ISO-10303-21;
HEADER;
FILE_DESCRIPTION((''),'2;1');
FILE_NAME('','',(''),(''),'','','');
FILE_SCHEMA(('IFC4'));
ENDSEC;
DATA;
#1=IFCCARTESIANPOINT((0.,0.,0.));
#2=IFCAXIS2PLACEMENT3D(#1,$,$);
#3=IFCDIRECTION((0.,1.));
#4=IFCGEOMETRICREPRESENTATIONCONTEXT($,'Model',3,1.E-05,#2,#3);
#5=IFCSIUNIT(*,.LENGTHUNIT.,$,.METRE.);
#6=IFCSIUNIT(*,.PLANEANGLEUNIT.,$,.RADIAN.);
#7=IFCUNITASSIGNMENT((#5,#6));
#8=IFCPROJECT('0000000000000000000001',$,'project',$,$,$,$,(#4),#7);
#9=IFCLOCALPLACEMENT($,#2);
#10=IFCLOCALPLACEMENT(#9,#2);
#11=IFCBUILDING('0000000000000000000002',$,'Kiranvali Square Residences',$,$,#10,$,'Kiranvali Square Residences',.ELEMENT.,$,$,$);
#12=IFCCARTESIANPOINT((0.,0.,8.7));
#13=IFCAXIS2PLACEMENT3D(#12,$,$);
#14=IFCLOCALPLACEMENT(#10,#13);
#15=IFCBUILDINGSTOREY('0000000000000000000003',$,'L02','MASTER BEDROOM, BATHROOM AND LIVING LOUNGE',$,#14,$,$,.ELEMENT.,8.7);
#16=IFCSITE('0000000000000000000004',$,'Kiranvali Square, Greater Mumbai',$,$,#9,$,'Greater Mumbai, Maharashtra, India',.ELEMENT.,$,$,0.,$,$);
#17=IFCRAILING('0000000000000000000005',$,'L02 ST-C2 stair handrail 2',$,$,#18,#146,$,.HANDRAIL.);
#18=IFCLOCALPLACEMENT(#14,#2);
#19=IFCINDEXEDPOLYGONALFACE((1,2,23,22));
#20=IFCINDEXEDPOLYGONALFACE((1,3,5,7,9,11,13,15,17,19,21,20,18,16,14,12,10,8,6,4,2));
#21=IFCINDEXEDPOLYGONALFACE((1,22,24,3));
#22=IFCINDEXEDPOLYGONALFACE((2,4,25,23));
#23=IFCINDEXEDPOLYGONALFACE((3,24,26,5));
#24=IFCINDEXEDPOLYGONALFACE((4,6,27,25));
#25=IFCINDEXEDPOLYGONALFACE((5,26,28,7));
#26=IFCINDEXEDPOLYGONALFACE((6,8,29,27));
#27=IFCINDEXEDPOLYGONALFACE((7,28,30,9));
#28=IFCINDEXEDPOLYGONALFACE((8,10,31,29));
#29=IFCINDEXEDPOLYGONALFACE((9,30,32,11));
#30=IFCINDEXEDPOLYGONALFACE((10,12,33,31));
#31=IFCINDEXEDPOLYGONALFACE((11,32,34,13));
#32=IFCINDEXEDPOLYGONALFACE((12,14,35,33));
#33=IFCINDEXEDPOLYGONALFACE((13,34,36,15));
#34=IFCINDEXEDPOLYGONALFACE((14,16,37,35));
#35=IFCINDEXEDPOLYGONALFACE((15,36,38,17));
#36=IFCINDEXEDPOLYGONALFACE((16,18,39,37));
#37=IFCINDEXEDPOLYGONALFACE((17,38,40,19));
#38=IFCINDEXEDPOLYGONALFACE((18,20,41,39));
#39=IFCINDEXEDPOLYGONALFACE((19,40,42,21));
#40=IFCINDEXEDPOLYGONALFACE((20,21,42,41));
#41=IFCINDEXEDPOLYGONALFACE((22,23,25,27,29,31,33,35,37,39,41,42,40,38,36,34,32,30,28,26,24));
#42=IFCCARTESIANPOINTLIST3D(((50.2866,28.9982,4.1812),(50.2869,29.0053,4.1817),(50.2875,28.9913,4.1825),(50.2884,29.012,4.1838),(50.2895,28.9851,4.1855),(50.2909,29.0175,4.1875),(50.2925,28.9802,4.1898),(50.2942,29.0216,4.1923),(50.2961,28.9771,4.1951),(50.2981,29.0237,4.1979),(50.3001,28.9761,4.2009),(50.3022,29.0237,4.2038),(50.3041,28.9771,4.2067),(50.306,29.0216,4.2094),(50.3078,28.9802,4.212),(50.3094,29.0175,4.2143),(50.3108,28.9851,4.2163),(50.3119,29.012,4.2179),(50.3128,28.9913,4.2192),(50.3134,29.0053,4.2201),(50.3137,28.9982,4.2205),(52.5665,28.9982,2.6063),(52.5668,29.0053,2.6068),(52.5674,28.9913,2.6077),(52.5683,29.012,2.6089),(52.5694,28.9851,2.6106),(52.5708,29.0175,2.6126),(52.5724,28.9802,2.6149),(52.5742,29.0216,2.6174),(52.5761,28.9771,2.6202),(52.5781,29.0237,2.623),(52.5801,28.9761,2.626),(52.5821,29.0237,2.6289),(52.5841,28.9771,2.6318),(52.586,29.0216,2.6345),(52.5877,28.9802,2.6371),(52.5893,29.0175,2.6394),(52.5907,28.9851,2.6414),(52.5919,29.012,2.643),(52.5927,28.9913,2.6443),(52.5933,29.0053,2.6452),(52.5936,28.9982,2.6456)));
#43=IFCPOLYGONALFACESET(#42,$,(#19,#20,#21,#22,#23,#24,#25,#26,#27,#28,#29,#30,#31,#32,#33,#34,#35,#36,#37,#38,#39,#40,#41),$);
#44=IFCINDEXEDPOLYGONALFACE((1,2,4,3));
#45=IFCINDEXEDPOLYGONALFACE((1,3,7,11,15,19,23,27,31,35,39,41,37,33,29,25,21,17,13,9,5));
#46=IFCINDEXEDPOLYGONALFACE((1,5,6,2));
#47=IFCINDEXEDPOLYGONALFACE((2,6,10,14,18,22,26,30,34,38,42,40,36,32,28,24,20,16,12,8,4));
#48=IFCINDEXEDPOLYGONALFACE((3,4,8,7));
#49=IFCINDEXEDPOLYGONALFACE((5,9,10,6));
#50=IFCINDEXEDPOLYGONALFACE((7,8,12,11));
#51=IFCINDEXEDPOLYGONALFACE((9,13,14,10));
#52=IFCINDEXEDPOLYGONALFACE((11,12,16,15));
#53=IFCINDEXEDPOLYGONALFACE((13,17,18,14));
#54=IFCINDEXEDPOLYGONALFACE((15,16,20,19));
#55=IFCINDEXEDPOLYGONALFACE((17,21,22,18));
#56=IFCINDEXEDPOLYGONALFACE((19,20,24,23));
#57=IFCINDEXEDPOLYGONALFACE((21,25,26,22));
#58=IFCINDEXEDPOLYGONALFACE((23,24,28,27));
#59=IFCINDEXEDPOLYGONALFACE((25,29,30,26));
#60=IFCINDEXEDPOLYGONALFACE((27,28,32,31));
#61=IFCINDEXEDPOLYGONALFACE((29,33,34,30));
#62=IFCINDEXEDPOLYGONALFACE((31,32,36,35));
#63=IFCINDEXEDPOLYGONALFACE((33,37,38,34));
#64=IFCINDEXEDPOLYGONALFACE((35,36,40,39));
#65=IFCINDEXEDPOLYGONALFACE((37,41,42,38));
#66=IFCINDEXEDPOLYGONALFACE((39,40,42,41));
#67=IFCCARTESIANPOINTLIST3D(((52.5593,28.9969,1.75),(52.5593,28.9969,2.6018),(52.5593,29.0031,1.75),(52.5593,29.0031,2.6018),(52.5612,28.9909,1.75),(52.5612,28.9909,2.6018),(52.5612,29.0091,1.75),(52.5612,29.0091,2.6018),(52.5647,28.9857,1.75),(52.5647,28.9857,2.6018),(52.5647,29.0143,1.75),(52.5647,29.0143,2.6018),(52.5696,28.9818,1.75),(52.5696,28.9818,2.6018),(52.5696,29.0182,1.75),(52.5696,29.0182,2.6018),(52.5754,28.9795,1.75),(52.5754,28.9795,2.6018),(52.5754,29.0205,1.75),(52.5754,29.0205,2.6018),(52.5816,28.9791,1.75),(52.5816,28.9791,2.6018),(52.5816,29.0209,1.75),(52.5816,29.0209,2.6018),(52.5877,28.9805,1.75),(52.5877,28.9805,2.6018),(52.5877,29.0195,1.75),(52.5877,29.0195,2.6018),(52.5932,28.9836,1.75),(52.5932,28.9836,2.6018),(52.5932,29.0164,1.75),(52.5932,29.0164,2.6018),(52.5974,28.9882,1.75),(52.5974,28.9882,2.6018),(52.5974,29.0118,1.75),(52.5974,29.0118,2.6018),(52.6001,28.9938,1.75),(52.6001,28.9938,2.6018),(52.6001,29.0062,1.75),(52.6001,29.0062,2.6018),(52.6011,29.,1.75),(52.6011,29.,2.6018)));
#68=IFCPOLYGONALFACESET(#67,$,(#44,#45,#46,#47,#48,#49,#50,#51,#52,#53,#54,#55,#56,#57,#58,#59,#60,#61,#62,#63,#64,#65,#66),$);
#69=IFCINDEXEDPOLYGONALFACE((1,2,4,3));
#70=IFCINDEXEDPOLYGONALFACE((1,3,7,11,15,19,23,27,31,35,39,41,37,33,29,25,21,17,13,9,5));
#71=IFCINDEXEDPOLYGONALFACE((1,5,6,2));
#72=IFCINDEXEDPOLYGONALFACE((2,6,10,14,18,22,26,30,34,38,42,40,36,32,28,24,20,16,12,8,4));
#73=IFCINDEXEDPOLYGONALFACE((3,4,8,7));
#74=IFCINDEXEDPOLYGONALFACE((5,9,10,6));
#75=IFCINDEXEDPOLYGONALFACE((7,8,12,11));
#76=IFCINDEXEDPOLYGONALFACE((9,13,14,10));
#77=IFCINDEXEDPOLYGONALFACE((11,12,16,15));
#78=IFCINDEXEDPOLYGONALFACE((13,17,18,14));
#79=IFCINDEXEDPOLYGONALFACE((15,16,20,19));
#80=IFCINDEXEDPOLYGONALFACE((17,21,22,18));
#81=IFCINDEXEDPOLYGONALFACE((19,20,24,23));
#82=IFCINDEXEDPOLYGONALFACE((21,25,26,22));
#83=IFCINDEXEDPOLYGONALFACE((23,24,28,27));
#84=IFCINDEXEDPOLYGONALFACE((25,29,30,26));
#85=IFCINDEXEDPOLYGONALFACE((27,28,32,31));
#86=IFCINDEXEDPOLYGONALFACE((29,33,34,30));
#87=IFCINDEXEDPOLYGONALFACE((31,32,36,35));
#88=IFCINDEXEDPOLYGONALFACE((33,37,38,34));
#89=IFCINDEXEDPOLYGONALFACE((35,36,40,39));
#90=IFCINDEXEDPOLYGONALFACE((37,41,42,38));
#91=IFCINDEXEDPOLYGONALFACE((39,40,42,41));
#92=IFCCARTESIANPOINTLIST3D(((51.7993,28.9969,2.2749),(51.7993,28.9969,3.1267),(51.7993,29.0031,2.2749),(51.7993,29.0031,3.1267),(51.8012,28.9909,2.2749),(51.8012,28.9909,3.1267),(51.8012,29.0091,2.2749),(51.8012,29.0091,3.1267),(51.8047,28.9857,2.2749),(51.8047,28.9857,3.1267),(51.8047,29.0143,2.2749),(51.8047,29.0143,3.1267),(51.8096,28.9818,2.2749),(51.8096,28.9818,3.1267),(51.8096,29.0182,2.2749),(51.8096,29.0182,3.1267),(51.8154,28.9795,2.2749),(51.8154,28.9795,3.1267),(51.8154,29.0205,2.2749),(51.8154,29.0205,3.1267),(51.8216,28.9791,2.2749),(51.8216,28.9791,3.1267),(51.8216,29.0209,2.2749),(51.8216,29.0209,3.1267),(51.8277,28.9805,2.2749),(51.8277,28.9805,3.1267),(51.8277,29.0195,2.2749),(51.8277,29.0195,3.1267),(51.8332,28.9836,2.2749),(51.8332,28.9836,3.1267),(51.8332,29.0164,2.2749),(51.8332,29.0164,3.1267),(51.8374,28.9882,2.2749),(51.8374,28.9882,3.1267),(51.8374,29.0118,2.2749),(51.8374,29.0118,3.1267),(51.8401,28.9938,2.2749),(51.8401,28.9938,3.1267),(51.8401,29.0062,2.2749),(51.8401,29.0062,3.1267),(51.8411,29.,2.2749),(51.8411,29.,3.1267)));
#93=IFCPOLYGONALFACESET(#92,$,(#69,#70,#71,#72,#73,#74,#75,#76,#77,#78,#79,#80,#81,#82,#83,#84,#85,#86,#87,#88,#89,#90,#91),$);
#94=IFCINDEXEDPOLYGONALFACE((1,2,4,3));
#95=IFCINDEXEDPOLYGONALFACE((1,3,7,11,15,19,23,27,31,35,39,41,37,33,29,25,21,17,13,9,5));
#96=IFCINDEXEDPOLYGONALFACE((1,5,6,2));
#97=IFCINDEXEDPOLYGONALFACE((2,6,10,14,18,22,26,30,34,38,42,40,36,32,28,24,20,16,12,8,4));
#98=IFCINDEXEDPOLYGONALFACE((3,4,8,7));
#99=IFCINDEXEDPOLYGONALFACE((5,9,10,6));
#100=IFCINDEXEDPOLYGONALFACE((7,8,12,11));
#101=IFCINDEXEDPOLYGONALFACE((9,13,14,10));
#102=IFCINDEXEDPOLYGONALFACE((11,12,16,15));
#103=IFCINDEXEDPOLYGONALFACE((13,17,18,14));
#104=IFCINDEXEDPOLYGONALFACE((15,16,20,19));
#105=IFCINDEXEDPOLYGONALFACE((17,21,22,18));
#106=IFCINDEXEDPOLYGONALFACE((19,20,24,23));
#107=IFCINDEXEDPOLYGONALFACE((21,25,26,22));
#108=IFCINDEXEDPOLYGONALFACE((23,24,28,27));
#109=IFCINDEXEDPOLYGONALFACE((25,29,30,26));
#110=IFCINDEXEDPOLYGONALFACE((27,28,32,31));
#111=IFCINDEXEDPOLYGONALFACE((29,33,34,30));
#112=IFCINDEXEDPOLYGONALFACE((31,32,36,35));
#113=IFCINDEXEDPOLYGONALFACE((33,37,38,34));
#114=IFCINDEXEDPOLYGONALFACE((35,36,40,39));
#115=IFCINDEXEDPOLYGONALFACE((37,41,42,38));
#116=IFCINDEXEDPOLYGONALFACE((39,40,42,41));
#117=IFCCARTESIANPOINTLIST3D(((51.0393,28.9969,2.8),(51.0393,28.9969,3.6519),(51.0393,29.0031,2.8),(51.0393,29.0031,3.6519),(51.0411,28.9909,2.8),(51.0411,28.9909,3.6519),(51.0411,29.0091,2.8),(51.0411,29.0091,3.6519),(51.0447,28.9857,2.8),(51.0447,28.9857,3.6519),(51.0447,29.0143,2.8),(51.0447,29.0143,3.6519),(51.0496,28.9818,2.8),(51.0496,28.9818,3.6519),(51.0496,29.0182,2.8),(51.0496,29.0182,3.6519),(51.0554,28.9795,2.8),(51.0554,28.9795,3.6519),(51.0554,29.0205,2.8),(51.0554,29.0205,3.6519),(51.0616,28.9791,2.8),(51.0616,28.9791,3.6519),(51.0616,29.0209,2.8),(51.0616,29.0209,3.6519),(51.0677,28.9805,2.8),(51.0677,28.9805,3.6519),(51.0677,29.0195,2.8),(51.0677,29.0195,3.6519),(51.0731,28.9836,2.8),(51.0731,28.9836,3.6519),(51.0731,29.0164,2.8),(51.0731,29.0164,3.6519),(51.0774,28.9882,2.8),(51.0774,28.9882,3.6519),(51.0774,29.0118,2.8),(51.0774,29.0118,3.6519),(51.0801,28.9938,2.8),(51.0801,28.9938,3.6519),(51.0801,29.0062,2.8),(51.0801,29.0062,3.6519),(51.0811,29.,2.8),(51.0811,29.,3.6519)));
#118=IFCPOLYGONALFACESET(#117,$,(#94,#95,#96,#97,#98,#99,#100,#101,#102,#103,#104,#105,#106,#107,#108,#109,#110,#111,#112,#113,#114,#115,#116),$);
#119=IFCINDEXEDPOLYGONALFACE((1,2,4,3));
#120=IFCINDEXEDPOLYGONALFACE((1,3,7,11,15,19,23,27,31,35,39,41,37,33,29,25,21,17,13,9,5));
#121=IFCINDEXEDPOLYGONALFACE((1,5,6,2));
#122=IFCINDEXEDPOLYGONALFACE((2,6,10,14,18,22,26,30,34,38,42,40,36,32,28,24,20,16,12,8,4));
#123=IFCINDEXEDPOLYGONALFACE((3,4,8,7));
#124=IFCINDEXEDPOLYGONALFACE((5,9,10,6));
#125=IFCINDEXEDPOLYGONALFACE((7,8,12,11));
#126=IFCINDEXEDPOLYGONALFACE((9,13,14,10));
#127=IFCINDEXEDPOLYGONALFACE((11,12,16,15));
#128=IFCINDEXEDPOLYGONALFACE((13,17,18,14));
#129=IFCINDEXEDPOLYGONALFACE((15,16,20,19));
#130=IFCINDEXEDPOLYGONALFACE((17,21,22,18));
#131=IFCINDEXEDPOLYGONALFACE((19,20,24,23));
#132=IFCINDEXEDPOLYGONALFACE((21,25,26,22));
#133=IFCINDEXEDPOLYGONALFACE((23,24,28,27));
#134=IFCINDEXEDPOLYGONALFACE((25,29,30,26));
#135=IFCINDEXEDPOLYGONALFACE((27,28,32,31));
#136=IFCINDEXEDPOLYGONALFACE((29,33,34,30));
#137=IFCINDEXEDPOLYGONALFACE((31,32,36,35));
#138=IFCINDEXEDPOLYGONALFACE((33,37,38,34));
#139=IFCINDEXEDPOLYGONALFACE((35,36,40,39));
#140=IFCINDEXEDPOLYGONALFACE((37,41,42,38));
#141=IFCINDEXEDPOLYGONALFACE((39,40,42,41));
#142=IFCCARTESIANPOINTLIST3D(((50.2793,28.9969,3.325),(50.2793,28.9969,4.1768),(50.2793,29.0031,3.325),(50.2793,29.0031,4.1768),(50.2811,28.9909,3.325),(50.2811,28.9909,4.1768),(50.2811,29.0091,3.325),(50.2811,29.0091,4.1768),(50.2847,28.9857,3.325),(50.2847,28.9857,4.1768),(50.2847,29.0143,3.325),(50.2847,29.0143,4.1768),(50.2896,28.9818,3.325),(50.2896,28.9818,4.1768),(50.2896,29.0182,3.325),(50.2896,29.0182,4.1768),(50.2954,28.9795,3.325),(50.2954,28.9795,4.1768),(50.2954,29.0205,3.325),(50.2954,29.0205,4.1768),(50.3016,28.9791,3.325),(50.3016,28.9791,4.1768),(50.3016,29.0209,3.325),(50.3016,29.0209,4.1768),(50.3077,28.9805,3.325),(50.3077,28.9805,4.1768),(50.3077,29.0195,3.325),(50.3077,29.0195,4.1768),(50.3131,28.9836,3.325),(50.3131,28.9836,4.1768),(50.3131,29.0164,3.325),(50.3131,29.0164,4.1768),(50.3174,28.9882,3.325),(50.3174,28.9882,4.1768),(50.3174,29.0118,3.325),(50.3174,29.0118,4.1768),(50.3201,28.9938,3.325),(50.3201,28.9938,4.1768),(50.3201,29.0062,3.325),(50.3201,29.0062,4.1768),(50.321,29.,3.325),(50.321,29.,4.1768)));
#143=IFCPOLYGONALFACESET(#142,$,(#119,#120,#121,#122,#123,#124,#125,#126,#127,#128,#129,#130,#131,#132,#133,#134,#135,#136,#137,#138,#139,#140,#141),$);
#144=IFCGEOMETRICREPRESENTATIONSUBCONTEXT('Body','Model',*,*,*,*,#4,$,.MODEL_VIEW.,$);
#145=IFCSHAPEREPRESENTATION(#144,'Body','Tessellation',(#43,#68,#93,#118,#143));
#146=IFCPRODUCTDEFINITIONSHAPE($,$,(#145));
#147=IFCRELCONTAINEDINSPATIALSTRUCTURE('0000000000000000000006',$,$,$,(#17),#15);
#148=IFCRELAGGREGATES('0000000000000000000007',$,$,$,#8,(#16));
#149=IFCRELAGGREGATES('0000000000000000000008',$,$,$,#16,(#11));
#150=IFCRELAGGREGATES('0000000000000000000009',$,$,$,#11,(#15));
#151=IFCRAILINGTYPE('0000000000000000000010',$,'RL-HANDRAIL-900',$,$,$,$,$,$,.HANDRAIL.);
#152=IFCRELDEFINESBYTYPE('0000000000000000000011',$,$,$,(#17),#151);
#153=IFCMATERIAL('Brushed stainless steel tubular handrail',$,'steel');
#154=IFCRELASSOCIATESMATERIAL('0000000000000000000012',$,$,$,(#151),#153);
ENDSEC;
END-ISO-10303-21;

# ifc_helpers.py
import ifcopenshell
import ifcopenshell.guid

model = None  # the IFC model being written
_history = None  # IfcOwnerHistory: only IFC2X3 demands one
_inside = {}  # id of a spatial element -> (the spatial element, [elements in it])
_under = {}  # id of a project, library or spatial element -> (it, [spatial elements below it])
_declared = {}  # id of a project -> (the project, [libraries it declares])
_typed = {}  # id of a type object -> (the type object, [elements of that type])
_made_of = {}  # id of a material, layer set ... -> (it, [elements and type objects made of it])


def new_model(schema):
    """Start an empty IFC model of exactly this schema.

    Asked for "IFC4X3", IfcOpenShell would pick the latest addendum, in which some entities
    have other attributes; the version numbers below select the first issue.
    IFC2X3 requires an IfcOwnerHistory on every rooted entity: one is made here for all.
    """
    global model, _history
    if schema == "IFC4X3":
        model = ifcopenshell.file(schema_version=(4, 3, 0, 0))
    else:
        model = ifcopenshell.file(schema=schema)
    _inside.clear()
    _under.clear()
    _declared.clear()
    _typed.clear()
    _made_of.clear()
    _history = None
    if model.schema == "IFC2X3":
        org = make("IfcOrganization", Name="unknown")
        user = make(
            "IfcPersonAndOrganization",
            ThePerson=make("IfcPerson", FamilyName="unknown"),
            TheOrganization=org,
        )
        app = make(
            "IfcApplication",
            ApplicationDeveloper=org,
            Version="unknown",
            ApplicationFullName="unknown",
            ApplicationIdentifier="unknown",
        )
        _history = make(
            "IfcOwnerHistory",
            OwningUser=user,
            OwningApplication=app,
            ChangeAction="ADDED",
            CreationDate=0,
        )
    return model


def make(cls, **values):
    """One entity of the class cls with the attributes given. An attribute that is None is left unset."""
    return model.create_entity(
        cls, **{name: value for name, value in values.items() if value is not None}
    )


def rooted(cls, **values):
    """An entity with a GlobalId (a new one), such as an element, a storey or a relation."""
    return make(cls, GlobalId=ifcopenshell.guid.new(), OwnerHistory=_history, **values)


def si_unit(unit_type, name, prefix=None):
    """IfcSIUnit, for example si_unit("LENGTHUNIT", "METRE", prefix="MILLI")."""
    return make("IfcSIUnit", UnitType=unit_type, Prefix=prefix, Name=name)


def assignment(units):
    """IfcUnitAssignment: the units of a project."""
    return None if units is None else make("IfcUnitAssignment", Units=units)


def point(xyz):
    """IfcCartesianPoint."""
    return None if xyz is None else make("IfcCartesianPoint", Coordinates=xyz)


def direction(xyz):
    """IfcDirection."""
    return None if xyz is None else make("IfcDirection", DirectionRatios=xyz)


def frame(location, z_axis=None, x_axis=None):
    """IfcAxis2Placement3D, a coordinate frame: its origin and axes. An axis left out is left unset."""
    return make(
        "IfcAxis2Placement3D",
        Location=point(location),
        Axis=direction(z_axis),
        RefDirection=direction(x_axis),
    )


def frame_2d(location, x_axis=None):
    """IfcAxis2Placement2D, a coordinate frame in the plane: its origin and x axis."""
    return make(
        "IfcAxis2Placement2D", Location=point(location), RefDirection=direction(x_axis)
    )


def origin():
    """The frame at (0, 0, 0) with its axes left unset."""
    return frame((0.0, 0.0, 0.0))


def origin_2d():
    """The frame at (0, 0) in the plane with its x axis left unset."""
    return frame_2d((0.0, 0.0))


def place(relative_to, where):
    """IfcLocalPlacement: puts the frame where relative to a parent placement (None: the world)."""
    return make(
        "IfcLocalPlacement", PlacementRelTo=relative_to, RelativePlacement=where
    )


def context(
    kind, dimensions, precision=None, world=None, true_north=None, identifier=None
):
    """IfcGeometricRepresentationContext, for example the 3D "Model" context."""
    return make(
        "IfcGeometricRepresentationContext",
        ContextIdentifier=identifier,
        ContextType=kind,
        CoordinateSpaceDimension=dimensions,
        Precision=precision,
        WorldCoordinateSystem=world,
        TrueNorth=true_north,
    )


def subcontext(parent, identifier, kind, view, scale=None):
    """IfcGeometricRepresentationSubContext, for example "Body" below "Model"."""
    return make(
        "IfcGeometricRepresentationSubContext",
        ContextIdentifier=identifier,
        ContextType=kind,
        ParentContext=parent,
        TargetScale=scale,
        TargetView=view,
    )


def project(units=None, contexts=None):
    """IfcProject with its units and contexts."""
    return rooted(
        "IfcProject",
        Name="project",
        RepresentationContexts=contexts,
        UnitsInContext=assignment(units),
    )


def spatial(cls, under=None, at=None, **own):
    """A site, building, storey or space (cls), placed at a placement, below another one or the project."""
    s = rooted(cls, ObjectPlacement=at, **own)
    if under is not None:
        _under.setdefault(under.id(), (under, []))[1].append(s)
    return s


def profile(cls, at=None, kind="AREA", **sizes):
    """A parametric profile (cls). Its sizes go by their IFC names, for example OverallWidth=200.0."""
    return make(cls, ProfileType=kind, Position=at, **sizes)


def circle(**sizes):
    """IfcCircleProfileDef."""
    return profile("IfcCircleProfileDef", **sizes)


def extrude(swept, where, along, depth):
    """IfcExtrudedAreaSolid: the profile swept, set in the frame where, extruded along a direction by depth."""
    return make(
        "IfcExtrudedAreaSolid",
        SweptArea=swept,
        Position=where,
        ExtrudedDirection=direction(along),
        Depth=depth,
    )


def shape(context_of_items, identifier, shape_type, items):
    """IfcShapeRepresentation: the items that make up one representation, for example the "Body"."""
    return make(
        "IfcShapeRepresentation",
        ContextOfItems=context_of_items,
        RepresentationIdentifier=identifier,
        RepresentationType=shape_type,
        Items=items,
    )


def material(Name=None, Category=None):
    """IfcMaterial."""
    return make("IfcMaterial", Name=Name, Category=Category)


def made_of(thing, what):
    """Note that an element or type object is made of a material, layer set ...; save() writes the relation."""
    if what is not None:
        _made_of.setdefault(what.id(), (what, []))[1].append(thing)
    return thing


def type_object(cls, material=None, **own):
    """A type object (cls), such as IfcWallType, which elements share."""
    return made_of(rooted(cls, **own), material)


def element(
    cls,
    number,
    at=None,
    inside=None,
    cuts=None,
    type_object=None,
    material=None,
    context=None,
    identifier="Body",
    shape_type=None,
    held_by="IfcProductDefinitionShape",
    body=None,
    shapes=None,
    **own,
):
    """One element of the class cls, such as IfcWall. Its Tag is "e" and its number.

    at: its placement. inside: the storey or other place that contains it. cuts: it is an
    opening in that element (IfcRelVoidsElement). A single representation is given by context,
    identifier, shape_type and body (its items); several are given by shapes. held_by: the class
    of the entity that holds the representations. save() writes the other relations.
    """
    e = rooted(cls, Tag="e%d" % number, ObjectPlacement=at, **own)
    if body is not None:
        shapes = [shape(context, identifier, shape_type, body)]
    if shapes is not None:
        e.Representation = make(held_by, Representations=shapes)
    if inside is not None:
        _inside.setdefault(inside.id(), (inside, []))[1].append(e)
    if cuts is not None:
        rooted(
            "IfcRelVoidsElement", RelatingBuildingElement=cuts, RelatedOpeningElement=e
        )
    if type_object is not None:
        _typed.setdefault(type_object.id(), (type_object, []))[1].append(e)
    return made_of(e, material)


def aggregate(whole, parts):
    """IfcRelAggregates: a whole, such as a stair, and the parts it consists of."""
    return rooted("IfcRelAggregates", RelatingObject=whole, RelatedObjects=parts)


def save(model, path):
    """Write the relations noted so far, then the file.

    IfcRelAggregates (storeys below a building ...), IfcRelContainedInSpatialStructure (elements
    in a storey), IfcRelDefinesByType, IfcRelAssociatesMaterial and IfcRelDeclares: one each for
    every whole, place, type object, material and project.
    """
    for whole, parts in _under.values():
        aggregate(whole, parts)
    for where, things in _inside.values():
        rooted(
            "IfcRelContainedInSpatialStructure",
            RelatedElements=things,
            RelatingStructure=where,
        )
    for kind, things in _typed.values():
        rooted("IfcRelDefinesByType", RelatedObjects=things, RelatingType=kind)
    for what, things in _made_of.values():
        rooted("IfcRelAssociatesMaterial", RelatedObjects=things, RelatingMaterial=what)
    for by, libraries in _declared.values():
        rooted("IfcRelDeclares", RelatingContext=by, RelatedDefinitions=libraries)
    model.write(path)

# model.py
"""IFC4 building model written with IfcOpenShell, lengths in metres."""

from ifc_helpers import new_model, si_unit, direction, frame, origin, origin_2d, place, context, subcontext, project, spatial, circle, extrude, material, type_object, element, save


model = new_model("IFC4")

# Units and contexts
model_context = context("Model", 3, precision=1e-05, world=origin(), true_north=direction((0.0, 1.0)))
body_context = subcontext(model_context, "Body", "Model", "MODEL_VIEW")
ifc_project = project(units=[si_unit("LENGTHUNIT", "METRE"), si_unit("PLANEANGLEUNIT", "RADIAN")], contexts=[model_context])

# Site, building, storey
site_placement = place(None, origin())
site = spatial("IfcSite", under=ifc_project, at=site_placement, Name="Kiranvali Square, Greater Mumbai", LongName="Greater Mumbai, Maharashtra, India", CompositionType="ELEMENT", RefElevation=0.0)
building_placement = place(site_placement, origin())
building = spatial("IfcBuilding", under=site, at=building_placement, Name="Kiranvali Square Residences", LongName="Kiranvali Square Residences", CompositionType="ELEMENT")
storey_placement = place(building_placement, frame((0.0, 0.0, 8.7)))
storey = spatial("IfcBuildingStorey", under=building, at=storey_placement, Name="L02", Description="MASTER BEDROOM, BATHROOM AND LIVING LOUNGE", CompositionType="ELEMENT", Elevation=8.7)

# Railing
ifc_material_1 = material(Name="Brushed stainless steel tubular handrail", Category="steel")
railing_type_1 = type_object("IfcRailingType", Name="RL-HANDRAIL-900", PredefinedType="HANDRAIL", material=ifc_material_1)
railing_1_placement = place(storey_placement, frame((52.5801, 29.0, 1.75)))
element("IfcRailing", 1, at=railing_1_placement, inside=storey, type_object=railing_type_1, Name="L02 ST-C2 stair handrail 2", PredefinedType="HANDRAIL", context=body_context, shape_type="SweptSolid", body=[
    extrude(circle(Radius=0.0239, at=origin_2d()), frame((0.0, 0.0, 0.876), z_axis=(-0.822788, 0.0, 0.568348), x_axis=(0.0, -1.0, 0.0)), (0.0, 0.0, 1.0), 2.771),
    extrude(circle(Radius=0.021, at=origin_2d()), origin(), (0.0, 0.0, 1.0), 0.8518),
    extrude(circle(Radius=0.021, at=origin_2d()), frame((-0.76, 0.0, 0.5249)), (0.0, 0.0, 1.0), 0.8518),
    extrude(circle(Radius=0.021, at=origin_2d()), frame((-1.52, 0.0, 1.05)), (0.0, 0.0, 1.0), 0.8518),
    extrude(circle(Radius=0.021, at=origin_2d()), frame((-2.28, 0.0, 1.575)), (0.0, 0.0, 1.0), 0.8518),
])

save(model, "model.ifc")
